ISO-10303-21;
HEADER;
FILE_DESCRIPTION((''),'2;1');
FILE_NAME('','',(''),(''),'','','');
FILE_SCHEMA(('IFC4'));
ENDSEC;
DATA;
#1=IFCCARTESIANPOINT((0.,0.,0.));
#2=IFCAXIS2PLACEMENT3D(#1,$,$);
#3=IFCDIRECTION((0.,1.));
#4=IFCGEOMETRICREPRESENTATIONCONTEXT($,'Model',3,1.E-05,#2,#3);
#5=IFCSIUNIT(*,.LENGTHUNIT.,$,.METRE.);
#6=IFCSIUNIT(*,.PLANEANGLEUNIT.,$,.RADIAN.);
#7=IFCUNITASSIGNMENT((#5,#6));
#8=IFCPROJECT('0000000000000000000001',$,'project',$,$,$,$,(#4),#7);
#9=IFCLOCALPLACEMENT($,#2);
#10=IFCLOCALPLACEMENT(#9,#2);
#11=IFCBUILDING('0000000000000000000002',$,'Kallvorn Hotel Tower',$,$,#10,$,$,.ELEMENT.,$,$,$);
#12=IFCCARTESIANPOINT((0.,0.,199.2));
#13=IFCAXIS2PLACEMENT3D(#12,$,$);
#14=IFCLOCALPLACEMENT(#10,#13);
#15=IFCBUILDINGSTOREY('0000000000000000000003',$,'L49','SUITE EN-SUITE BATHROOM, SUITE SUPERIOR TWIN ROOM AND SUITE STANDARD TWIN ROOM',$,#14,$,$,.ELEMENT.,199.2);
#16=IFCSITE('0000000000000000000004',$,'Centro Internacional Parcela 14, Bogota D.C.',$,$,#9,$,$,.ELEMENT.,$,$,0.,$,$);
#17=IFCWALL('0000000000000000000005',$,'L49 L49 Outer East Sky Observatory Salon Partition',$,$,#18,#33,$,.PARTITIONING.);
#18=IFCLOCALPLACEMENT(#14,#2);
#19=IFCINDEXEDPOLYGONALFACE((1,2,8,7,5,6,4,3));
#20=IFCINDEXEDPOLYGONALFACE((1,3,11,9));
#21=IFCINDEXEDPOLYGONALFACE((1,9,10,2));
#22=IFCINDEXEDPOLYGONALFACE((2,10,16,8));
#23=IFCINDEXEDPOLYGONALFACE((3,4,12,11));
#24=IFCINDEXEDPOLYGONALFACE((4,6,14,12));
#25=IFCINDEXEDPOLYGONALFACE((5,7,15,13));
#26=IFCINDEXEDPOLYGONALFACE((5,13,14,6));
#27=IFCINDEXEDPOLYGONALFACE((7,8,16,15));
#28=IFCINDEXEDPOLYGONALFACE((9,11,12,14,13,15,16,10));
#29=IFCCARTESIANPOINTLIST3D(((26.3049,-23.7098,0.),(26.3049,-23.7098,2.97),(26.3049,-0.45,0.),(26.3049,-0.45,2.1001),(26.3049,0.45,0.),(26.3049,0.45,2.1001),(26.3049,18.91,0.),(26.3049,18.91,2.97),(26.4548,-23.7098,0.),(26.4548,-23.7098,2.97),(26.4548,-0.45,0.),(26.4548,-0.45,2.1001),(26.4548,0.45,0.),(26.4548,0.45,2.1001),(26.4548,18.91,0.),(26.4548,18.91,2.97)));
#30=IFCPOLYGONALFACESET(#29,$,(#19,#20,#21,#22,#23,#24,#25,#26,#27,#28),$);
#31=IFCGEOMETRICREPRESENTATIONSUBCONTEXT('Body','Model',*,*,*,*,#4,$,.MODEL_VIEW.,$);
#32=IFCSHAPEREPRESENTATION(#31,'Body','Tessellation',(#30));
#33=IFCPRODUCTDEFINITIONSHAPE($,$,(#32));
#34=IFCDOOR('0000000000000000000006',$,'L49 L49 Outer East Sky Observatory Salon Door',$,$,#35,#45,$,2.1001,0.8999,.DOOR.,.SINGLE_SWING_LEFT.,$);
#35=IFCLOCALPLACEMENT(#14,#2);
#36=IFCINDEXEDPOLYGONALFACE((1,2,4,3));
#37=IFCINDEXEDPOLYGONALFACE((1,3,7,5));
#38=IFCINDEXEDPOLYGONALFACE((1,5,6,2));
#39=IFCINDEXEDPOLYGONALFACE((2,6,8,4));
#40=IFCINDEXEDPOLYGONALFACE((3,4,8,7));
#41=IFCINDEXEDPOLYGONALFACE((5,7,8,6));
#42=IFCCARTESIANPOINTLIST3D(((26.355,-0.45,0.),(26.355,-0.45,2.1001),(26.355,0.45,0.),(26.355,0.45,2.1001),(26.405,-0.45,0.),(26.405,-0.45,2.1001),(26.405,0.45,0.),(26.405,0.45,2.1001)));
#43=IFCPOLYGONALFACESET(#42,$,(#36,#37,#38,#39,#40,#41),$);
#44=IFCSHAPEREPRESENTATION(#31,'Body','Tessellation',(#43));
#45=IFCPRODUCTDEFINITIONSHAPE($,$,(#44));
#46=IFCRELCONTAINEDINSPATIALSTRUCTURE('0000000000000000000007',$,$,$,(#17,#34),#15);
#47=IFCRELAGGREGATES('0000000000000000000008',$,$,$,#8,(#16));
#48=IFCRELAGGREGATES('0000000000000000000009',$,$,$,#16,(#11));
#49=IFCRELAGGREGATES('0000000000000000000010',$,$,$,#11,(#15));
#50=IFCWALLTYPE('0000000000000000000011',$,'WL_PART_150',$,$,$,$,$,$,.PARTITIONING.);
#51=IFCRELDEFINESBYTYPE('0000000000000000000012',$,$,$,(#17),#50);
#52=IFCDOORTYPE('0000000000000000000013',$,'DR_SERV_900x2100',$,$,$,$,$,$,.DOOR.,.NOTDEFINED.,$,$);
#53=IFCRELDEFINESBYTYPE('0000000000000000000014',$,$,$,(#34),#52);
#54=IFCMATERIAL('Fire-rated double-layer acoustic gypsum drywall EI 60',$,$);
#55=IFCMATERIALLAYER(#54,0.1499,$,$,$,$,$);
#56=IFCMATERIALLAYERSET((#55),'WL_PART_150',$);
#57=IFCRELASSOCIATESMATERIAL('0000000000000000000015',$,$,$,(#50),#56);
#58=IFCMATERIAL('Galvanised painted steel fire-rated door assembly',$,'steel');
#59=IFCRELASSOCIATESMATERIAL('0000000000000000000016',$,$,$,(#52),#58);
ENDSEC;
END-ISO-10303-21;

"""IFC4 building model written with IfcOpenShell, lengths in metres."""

from ifc_helpers import new_model, si_unit, direction, frame, frame_2d, origin, place, context, subcontext, project, spatial, rectangle, extrude, material, layer, layer_set, type_object, element, fill, save


model = new_model("IFC4")

# Units and contexts
model_context = context("Model", 3, precision=1e-05, world=origin(), true_north=direction((0.0, 1.0)))
body_context = subcontext(model_context, "Body", "Model", "MODEL_VIEW")
ifc_project = project(units=[si_unit("LENGTHUNIT", "METRE"), si_unit("PLANEANGLEUNIT", "RADIAN")], contexts=[model_context])

# Site, building, storey
site_placement = place(None, origin())
site = spatial("IfcSite", under=ifc_project, at=site_placement, Name="Centro Internacional Parcela 14, Bogota D.C.", CompositionType="ELEMENT", RefElevation=0.0)
building_placement = place(site_placement, origin())
building = spatial("IfcBuilding", under=site, at=building_placement, Name="Kallvorn Hotel Tower", CompositionType="ELEMENT")
storey_placement = place(building_placement, frame((0.0, 0.0, 199.2)))
storey = spatial("IfcBuildingStorey", under=building, at=storey_placement, Name="L49", Description="SUITE EN-SUITE BATHROOM, SUITE SUPERIOR TWIN ROOM AND SUITE STANDARD TWIN ROOM", CompositionType="ELEMENT", Elevation=199.2)

# Shared definitions
ifc_material_1 = material(Name="Fire-rated double-layer acoustic gypsum drywall EI 60")
ifc_layer_1 = layer(ifc_material_1, 0.1499)
ifc_layer_set_1 = layer_set([ifc_layer_1], Name="WL_PART_150")
wall_type_1 = type_object("IfcWallType", Name="WL_PART_150", PredefinedType="PARTITIONING", material=ifc_layer_set_1)

# Wall, opening, door
wall_1_placement = place(storey_placement, frame((26.3799, -23.71, 0.0), z_axis=(0.0, 0.0, 1.0), x_axis=(0.0, 1.0, 0.0)))
wall_1 = element("IfcWall", 1, at=wall_1_placement, inside=storey, type_object=wall_type_1, Name="L49 L49 Outer East Sky Observatory Salon Partition", PredefinedType="PARTITIONING", context=body_context, shape_type="SweptSolid", body=[
    extrude(rectangle(XDim=42.6199, YDim=0.1499, at=frame_2d((21.3101, 0.0))), origin(), (0.0, 0.0, 1.0), 2.97),
])
opening_placement = place(wall_1_placement, frame((23.26, 0.0, 0.0)))
opening = element("IfcOpeningElement", 2, at=opening_placement, cuts=wall_1, PredefinedType="OPENING", context=body_context, shape_type="SweptSolid", body=[
    extrude(rectangle(XDim=0.8999, YDim=2.1001, at=frame_2d((0.45, 1.05))), frame((0.0, 0.0898, 0.0), z_axis=(0.0, -1.0, 0.0), x_axis=(1.0, 0.0, 0.0)), (0.0, 0.0, 1.0), 0.1799),
])
ifc_material_2 = material(Name="Galvanised painted steel fire-rated door assembly", Category="steel")
door_type = type_object("IfcDoorType", Name="DR_SERV_900x2100", OperationType="NOTDEFINED", PredefinedType="DOOR", material=ifc_material_2)
door_placement = place(opening_placement, origin())
door = element("IfcDoor", 3, at=door_placement, inside=storey, type_object=door_type, Name="L49 L49 Outer East Sky Observatory Salon Door", OperationType="SINGLE_SWING_LEFT", OverallHeight=2.1001, OverallWidth=0.8999, PredefinedType="DOOR", context=body_context, shape_type="SweptSolid", body=[
    extrude(rectangle(XDim=0.8999, YDim=2.1001, at=frame_2d((0.45, 1.05))), frame((0.0, 0.0249, 0.0), z_axis=(0.0, -1.0, 0.0), x_axis=(1.0, 0.0, 0.0)), (0.0, 0.0, 1.0), 0.05),
])
fill(opening, door)

save(model, "model.ifc")
